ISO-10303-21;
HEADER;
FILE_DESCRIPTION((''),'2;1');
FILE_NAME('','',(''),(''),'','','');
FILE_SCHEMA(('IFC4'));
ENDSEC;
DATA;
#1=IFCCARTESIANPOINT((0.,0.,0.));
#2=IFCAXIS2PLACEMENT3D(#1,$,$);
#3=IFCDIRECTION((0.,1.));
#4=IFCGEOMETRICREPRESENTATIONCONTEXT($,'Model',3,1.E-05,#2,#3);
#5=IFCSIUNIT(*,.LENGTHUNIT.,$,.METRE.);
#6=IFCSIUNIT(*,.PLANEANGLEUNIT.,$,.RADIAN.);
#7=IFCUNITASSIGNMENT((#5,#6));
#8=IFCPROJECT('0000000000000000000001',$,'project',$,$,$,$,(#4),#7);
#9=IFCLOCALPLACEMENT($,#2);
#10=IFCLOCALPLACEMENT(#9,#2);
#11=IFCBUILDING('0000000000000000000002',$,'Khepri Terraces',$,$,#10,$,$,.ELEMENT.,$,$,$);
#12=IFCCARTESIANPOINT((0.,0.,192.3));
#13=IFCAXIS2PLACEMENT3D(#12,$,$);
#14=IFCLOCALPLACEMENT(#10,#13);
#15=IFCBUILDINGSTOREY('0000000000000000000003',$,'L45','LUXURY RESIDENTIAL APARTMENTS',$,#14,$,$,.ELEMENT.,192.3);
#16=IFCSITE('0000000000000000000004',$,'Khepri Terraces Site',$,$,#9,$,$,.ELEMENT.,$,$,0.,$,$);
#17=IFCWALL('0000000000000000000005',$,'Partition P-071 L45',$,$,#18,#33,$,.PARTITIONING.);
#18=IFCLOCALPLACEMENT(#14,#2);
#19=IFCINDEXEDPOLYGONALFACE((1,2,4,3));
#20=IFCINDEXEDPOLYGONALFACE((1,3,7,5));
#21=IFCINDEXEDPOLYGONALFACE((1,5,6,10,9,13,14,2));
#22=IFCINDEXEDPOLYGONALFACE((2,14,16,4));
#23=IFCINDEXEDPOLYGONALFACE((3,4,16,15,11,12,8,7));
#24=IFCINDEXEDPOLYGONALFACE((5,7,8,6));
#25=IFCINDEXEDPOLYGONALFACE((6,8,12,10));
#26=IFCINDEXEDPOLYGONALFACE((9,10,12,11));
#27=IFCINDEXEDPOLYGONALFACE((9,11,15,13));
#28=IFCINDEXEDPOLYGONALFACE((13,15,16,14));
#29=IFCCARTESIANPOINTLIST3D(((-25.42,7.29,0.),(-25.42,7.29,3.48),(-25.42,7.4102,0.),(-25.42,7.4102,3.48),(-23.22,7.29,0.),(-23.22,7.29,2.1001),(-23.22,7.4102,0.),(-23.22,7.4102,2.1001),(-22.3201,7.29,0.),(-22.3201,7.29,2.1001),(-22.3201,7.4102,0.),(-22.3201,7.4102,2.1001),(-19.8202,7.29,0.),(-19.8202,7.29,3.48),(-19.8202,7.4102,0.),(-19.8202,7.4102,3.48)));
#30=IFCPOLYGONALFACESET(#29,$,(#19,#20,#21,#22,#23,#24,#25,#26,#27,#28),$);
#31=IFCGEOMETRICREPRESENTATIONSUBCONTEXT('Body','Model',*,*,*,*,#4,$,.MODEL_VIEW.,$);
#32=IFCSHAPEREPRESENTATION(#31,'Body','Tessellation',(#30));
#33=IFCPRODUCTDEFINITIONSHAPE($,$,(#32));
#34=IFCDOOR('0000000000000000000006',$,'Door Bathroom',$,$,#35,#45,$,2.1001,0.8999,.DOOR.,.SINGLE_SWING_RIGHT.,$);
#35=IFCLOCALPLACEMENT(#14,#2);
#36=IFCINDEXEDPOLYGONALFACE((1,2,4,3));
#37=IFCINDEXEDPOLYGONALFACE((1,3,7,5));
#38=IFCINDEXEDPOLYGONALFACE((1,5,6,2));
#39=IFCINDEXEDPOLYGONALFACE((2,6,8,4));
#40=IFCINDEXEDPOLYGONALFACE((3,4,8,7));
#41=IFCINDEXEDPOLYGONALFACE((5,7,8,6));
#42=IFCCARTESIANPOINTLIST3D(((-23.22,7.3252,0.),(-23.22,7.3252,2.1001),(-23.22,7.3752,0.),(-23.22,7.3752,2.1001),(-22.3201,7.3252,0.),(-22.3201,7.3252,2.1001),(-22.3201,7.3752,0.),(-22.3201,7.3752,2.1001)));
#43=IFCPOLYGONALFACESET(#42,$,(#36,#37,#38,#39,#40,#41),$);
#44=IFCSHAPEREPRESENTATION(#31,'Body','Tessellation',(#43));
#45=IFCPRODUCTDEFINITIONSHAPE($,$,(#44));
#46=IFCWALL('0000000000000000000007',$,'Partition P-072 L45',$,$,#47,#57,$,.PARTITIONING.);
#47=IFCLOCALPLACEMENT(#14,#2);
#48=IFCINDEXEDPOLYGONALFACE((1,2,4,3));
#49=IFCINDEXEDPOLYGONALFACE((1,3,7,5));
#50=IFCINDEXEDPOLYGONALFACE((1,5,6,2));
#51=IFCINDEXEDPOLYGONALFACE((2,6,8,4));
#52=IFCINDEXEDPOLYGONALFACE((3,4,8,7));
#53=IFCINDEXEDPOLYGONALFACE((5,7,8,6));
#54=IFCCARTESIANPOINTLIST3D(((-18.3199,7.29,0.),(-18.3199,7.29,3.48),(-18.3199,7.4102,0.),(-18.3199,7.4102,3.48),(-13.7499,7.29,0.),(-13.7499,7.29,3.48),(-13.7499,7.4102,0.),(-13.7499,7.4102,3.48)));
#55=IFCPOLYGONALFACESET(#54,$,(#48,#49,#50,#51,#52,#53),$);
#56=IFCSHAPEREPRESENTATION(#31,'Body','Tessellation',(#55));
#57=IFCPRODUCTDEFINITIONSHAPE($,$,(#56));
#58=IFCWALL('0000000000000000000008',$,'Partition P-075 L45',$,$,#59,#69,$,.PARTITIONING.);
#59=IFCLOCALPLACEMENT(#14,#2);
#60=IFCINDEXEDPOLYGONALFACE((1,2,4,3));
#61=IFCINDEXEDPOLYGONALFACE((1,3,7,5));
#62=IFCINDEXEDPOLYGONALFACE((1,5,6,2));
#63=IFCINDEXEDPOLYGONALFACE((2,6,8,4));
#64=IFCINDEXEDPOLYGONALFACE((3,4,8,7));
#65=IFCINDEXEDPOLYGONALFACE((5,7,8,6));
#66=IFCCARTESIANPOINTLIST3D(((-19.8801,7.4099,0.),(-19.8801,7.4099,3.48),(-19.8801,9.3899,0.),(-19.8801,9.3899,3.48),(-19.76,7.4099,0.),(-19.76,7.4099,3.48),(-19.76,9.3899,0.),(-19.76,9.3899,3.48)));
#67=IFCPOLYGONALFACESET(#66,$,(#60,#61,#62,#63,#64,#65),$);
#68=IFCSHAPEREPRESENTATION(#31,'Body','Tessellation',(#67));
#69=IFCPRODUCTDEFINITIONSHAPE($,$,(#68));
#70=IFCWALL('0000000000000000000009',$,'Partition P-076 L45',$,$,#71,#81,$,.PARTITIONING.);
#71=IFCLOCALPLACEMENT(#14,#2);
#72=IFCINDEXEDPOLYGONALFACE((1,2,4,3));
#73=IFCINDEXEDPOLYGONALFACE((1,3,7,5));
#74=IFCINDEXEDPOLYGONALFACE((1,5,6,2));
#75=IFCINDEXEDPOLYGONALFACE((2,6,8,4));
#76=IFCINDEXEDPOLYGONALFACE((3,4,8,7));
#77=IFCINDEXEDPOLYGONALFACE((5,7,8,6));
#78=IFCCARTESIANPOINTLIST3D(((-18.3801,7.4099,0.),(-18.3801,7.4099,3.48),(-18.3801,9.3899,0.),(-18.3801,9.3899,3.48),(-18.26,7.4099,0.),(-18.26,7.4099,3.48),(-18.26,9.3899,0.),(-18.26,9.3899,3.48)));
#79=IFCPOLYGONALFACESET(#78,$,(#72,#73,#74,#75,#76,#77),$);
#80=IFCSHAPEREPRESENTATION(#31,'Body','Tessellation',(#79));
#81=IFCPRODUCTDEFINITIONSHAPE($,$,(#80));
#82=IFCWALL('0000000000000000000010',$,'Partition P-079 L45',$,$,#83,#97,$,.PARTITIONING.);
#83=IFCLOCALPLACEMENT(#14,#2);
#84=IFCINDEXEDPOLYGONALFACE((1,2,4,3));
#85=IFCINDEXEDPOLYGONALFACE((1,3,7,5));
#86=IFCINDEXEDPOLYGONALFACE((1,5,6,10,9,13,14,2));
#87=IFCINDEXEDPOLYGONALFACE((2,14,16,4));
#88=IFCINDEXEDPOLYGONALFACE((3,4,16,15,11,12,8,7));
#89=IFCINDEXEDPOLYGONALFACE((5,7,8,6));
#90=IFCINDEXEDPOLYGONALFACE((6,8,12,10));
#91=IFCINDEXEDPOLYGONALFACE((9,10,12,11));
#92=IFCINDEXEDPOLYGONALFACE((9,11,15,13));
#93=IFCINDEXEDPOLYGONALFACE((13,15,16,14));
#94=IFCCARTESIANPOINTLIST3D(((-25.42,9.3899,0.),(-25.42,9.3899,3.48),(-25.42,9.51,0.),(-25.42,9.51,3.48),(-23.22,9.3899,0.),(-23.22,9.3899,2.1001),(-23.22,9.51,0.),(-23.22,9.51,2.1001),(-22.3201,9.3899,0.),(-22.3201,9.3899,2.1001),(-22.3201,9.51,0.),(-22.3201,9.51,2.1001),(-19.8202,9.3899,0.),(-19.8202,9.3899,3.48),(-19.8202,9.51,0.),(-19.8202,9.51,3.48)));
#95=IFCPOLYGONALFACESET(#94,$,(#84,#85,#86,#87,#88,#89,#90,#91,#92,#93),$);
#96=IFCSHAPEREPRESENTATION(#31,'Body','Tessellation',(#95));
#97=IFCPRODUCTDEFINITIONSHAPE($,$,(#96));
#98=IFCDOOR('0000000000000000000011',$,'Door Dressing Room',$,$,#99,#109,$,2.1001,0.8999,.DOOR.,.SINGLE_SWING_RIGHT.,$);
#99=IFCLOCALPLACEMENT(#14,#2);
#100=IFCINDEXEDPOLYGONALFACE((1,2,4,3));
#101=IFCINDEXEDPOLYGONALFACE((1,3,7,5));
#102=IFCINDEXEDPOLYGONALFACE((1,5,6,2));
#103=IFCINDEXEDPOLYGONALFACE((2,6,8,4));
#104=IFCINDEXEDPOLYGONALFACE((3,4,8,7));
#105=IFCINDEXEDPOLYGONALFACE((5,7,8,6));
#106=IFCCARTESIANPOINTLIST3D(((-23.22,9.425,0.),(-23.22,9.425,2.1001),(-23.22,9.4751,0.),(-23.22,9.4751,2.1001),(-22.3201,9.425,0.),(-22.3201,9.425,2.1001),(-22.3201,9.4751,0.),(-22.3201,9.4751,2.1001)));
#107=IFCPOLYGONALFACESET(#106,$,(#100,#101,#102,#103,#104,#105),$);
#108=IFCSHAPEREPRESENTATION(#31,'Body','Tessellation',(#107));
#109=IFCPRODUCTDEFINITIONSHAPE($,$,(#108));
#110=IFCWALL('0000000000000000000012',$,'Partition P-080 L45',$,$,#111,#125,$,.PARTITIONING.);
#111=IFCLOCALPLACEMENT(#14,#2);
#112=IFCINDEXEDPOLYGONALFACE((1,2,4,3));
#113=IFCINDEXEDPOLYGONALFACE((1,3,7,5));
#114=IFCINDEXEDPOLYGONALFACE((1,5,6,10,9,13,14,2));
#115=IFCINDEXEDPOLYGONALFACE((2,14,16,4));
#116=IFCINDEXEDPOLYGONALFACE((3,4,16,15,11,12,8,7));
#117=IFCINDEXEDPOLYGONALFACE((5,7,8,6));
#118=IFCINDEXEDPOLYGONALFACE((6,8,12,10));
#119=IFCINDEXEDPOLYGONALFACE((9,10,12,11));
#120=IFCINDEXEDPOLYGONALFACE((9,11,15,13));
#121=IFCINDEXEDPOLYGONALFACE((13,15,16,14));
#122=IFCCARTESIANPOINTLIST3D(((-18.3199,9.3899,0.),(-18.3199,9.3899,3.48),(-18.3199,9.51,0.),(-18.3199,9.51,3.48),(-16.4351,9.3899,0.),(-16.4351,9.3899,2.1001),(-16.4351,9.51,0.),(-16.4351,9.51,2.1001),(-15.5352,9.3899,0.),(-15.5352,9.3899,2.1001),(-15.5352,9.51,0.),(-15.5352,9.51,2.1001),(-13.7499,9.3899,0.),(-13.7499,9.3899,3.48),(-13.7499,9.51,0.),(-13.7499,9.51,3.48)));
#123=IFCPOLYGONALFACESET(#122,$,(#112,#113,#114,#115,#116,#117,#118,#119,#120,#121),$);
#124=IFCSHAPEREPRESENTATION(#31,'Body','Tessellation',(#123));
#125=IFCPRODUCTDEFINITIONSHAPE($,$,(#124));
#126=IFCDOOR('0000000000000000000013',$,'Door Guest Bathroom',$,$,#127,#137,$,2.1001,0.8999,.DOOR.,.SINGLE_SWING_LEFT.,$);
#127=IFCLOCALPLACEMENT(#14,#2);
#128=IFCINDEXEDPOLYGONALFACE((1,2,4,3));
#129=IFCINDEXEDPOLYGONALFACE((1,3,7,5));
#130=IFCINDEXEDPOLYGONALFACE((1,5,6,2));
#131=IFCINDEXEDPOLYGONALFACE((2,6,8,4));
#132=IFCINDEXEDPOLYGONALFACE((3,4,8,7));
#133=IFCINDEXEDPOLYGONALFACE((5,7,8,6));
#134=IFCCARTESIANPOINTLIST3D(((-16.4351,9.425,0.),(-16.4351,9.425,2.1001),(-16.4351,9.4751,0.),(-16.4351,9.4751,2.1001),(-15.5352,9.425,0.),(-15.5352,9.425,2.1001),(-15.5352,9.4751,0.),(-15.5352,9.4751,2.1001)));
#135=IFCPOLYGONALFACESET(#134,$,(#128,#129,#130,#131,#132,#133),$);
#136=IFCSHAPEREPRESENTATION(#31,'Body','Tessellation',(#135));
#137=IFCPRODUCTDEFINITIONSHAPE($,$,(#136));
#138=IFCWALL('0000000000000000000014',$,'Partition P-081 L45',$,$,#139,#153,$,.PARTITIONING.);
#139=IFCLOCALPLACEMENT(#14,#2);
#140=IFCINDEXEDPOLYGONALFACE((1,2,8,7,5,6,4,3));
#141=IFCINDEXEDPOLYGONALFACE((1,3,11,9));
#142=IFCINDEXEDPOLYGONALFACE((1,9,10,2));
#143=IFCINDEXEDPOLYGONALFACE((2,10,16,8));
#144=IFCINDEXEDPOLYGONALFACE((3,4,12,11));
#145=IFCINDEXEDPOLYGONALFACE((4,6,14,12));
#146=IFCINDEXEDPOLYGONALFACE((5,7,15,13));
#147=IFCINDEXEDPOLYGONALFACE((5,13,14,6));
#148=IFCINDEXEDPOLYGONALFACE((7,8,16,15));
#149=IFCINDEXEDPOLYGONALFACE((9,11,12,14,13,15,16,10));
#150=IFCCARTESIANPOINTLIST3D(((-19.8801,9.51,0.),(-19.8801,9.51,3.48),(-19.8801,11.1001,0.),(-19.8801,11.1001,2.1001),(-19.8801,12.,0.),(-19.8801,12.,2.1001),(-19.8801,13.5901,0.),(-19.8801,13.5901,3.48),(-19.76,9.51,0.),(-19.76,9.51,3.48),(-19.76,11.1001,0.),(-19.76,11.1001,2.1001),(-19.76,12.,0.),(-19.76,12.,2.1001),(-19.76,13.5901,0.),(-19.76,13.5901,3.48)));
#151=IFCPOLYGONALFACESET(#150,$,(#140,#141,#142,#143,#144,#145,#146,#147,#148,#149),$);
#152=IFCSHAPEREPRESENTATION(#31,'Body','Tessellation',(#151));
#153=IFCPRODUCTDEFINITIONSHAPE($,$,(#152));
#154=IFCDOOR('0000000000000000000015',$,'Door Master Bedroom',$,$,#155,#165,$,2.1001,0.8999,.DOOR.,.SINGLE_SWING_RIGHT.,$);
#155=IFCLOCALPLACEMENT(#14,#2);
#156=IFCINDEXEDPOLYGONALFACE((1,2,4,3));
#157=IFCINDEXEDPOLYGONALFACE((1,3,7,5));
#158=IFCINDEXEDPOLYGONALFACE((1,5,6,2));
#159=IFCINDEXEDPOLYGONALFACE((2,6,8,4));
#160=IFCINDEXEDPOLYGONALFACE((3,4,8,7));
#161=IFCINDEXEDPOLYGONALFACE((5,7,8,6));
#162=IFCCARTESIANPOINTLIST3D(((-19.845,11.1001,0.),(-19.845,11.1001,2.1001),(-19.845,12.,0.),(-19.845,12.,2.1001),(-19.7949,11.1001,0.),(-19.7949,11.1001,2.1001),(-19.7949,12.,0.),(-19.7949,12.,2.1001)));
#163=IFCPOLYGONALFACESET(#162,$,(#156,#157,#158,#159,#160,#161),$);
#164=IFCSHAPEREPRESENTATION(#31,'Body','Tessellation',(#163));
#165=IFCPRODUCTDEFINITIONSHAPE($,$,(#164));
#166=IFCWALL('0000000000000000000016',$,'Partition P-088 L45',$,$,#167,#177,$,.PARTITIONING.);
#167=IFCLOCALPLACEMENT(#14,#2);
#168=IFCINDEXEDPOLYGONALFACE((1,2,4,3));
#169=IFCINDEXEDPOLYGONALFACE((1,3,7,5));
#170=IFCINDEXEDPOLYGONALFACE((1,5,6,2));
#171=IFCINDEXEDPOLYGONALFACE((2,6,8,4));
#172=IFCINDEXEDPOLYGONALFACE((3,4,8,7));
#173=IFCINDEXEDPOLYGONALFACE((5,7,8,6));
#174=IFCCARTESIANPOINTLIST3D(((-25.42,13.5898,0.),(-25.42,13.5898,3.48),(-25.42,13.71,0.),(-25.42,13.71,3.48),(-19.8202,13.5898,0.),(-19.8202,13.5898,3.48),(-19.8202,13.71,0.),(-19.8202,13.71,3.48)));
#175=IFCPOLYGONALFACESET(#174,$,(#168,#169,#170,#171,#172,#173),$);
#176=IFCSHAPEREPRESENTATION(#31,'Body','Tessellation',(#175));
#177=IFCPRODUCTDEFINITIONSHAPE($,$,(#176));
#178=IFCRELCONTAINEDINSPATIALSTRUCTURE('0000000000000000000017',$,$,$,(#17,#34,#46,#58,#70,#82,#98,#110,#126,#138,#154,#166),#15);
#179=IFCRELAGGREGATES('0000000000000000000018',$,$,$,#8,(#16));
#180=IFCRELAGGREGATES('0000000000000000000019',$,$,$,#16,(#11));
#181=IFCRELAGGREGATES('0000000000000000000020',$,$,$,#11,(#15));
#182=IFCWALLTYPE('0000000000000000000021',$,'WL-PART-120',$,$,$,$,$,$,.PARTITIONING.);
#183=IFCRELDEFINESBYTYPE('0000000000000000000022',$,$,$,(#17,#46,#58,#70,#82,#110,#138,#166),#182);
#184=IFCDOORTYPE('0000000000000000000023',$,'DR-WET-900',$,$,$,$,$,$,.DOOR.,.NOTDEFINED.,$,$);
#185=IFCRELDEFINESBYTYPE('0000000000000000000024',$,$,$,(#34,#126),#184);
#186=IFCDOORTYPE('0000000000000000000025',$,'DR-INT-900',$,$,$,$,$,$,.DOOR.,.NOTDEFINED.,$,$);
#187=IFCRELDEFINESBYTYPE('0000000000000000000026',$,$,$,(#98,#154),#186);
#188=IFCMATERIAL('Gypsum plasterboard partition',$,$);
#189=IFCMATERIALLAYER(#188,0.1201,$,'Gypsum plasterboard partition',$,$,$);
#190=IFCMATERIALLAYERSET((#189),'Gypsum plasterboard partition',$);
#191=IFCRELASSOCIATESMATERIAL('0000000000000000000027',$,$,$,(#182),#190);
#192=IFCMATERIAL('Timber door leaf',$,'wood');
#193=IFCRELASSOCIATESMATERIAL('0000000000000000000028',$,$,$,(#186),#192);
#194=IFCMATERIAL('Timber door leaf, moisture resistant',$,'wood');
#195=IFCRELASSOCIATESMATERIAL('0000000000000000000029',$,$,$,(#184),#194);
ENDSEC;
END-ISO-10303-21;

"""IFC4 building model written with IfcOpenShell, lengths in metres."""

from ifc_helpers import new_model, si_unit, direction, frame, frame_2d, origin, place, context, subcontext, project, spatial, rectangle, extrude, material, layer, layer_set, type_object, element, fill, save


model = new_model("IFC4")

# Units and contexts
model_context = context("Model", 3, precision=1e-05, world=origin(), true_north=direction((0.0, 1.0)))
body_context = subcontext(model_context, "Body", "Model", "MODEL_VIEW")
ifc_project = project(units=[si_unit("LENGTHUNIT", "METRE"), si_unit("PLANEANGLEUNIT", "RADIAN")], contexts=[model_context])

# Site, building, storey
site_placement = place(None, origin())
site = spatial("IfcSite", under=ifc_project, at=site_placement, Name="Khepri Terraces Site", CompositionType="ELEMENT", RefElevation=0.0)
building_placement = place(site_placement, origin())
building = spatial("IfcBuilding", under=site, at=building_placement, Name="Khepri Terraces", CompositionType="ELEMENT")
storey_placement = place(building_placement, frame((0.0, 0.0, 192.3)))
storey = spatial("IfcBuildingStorey", under=building, at=storey_placement, Name="L45", Description="LUXURY RESIDENTIAL APARTMENTS", CompositionType="ELEMENT", Elevation=192.3)

# Shared definitions
ifc_material_1 = material(Name="Gypsum plasterboard partition")
ifc_layer_1 = layer(ifc_material_1, 0.1201, Name="Gypsum plasterboard partition")
ifc_layer_set_1 = layer_set([ifc_layer_1], Name="Gypsum plasterboard partition")
wall_type_1 = type_object("IfcWallType", Name="WL-PART-120", PredefinedType="PARTITIONING", material=ifc_layer_set_1)

# Wall, opening, door
ifc_material_2 = material(Name="Timber door leaf", Category="wood")
door_type_1 = type_object("IfcDoorType", Name="DR-INT-900", OperationType="NOTDEFINED", PredefinedType="DOOR", material=ifc_material_2)
wall_1_placement = place(storey_placement, frame((-25.4199, 7.3501, 0.0), z_axis=(0.0, 0.0, 1.0), x_axis=(1.0, 0.0, 0.0)))
wall_1 = element("IfcWall", 1, at=wall_1_placement, inside=storey, type_object=wall_type_1, Name="Partition P-071 L45", PredefinedType="PARTITIONING", context=body_context, shape_type="SweptSolid", body=[
    extrude(rectangle(XDim=5.5999, YDim=0.1201, at=frame_2d((2.7998, 0.0))), origin(), (0.0, 0.0, 1.0), 3.48),
])
opening_1_placement = place(wall_1_placement, frame((2.2, 0.0, 0.0)))
opening_1 = element("IfcOpeningElement", 2, at=opening_1_placement, cuts=wall_1, PredefinedType="OPENING", context=body_context, shape_type="SweptSolid", body=[
    extrude(rectangle(XDim=0.8999, YDim=2.1001, at=frame_2d((0.45, 1.05))), frame((0.0, 0.0701, 0.0), z_axis=(0.0, -1.0, 0.0), x_axis=(1.0, 0.0, 0.0)), (0.0, 0.0, 1.0), 0.1401),
])
ifc_material_3 = material(Name="Timber door leaf, moisture resistant", Category="wood")
door_type_2 = type_object("IfcDoorType", Name="DR-WET-900", OperationType="NOTDEFINED", PredefinedType="DOOR", material=ifc_material_3)
door_1_placement = place(opening_1_placement, frame((0.8999, 0.0, 0.0), z_axis=(0.0, 0.0, 1.0), x_axis=(-1.0, 0.0, 0.0)))
door_1 = element("IfcDoor", 3, at=door_1_placement, inside=storey, type_object=door_type_2, Name="Door Bathroom", OperationType="SINGLE_SWING_RIGHT", OverallHeight=2.1001, OverallWidth=0.8999, PredefinedType="DOOR", context=body_context, shape_type="SweptSolid", body=[
    extrude(rectangle(XDim=0.8999, YDim=2.1001, at=frame_2d((0.45, 1.05))), frame((0.0, 0.0249, 0.0), z_axis=(0.0, -1.0, 0.0), x_axis=(1.0, 0.0, 0.0)), (0.0, 0.0, 1.0), 0.05),
])
fill(opening_1, door_1)

# Walls
wall_2_placement = place(storey_placement, frame((-18.3201, 7.3501, 0.0), z_axis=(0.0, 0.0, 1.0), x_axis=(1.0, 0.0, 0.0)))
element("IfcWall", 4, at=wall_2_placement, inside=storey, type_object=wall_type_1, Name="Partition P-072 L45", PredefinedType="PARTITIONING", context=body_context, shape_type="SweptSolid", body=[
    extrude(rectangle(XDim=4.5701, YDim=0.1201, at=frame_2d((2.2852, 0.0))), origin(), (0.0, 0.0, 1.0), 3.48),
])
for number, where, z_axis, x_axis, name in (
    (5, (-19.8201, 7.4099, 0.0), (0.0, 0.0, 1.0), (0.0, 1.0, 0.0), "Partition P-075 L45"),
    (6, (-18.3201, 7.4099, 0.0), (0.0, 0.0, 1.0), (0.0, 1.0, 0.0), "Partition P-076 L45"),
):
    element("IfcWall", number, at=place(storey_placement, frame(where, z_axis=z_axis, x_axis=x_axis)), inside=storey, type_object=wall_type_1, Name=name, PredefinedType="PARTITIONING", context=body_context, shape_type="SweptSolid", body=[
        extrude(rectangle(XDim=1.98, YDim=0.1201, at=frame_2d((0.99, 0.0))), origin(), (0.0, 0.0, 1.0), 3.48),
    ])

# Walls, openings, doors
wall_3_placement = place(storey_placement, frame((-25.4199, 9.45, 0.0), z_axis=(0.0, 0.0, 1.0), x_axis=(1.0, 0.0, 0.0)))
wall_3 = element("IfcWall", 7, at=wall_3_placement, inside=storey, type_object=wall_type_1, Name="Partition P-079 L45", PredefinedType="PARTITIONING", context=body_context, shape_type="SweptSolid", body=[
    extrude(rectangle(XDim=5.5999, YDim=0.1201, at=frame_2d((2.7998, 0.0))), origin(), (0.0, 0.0, 1.0), 3.48),
])
opening_2_placement = place(wall_3_placement, frame((2.2, 0.0, 0.0)))
opening_2 = element("IfcOpeningElement", 8, at=opening_2_placement, cuts=wall_3, PredefinedType="OPENING", context=body_context, shape_type="SweptSolid", body=[
    extrude(rectangle(XDim=0.8999, YDim=2.1001, at=frame_2d((0.45, 1.05))), frame((0.0, 0.0701, 0.0), z_axis=(0.0, -1.0, 0.0), x_axis=(1.0, 0.0, 0.0)), (0.0, 0.0, 1.0), 0.1401),
])
door_2_placement = place(opening_2_placement, frame((0.8999, 0.0, 0.0), z_axis=(0.0, 0.0, 1.0), x_axis=(-1.0, 0.0, 0.0)))
door_2 = element("IfcDoor", 9, at=door_2_placement, inside=storey, type_object=door_type_1, Name="Door Dressing Room", OperationType="SINGLE_SWING_RIGHT", OverallHeight=2.1001, OverallWidth=0.8999, PredefinedType="DOOR", context=body_context, shape_type="SweptSolid", body=[
    extrude(rectangle(XDim=0.8999, YDim=2.1001, at=frame_2d((0.45, 1.05))), frame((0.0, 0.0249, 0.0), z_axis=(0.0, -1.0, 0.0), x_axis=(1.0, 0.0, 0.0)), (0.0, 0.0, 1.0), 0.05),
])
fill(opening_2, door_2)
wall_4_placement = place(storey_placement, frame((-18.3201, 9.45, 0.0), z_axis=(0.0, 0.0, 1.0), x_axis=(1.0, 0.0, 0.0)))
wall_4 = element("IfcWall", 10, at=wall_4_placement, inside=storey, type_object=wall_type_1, Name="Partition P-080 L45", PredefinedType="PARTITIONING", context=body_context, shape_type="SweptSolid", body=[
    extrude(rectangle(XDim=4.5701, YDim=0.1201, at=frame_2d((2.2852, 0.0))), origin(), (0.0, 0.0, 1.0), 3.48),
])
opening_3_placement = place(wall_4_placement, frame((1.885, 0.0, 0.0)))
opening_3 = element("IfcOpeningElement", 11, at=opening_3_placement, cuts=wall_4, PredefinedType="OPENING", context=body_context, shape_type="SweptSolid", body=[
    extrude(rectangle(XDim=0.8999, YDim=2.1001, at=frame_2d((0.45, 1.05))), frame((0.0, 0.0701, 0.0), z_axis=(0.0, -1.0, 0.0), x_axis=(1.0, 0.0, 0.0)), (0.0, 0.0, 1.0), 0.1401),
])
door_3_placement = place(opening_3_placement, frame((0.8999, 0.0, 0.0), z_axis=(0.0, 0.0, 1.0), x_axis=(-1.0, 0.0, 0.0)))
door_3 = element("IfcDoor", 12, at=door_3_placement, inside=storey, type_object=door_type_2, Name="Door Guest Bathroom", OperationType="SINGLE_SWING_LEFT", OverallHeight=2.1001, OverallWidth=0.8999, PredefinedType="DOOR", context=body_context, shape_type="SweptSolid", body=[
    extrude(rectangle(XDim=0.8999, YDim=2.1001, at=frame_2d((0.45, 1.05))), frame((0.0, 0.0249, 0.0), z_axis=(0.0, -1.0, 0.0), x_axis=(1.0, 0.0, 0.0)), (0.0, 0.0, 1.0), 0.05),
])
fill(opening_3, door_3)
wall_5_placement = place(storey_placement, frame((-19.8201, 9.51, 0.0), z_axis=(0.0, 0.0, 1.0), x_axis=(0.0, 1.0, 0.0)))
wall_5 = element("IfcWall", 13, at=wall_5_placement, inside=storey, type_object=wall_type_1, Name="Partition P-081 L45", PredefinedType="PARTITIONING", context=body_context, shape_type="SweptSolid", body=[
    extrude(rectangle(XDim=4.0801, YDim=0.1201, at=frame_2d((2.04, 0.0))), origin(), (0.0, 0.0, 1.0), 3.48),
])
opening_4_placement = place(wall_5_placement, frame((1.5901, 0.0, 0.0)))
opening_4 = element("IfcOpeningElement", 14, at=opening_4_placement, cuts=wall_5, PredefinedType="OPENING", context=body_context, shape_type="SweptSolid", body=[
    extrude(rectangle(XDim=0.8999, YDim=2.1001, at=frame_2d((0.45, 1.05))), frame((0.0, 0.0701, 0.0), z_axis=(0.0, -1.0, 0.0), x_axis=(1.0, 0.0, 0.0)), (0.0, 0.0, 1.0), 0.1401),
])
door_4_placement = place(opening_4_placement, origin())
door_4 = element("IfcDoor", 15, at=door_4_placement, inside=storey, type_object=door_type_1, Name="Door Master Bedroom", OperationType="SINGLE_SWING_RIGHT", OverallHeight=2.1001, OverallWidth=0.8999, PredefinedType="DOOR", context=body_context, shape_type="SweptSolid", body=[
    extrude(rectangle(XDim=0.8999, YDim=2.1001, at=frame_2d((0.45, 1.05))), frame((0.0, 0.0249, 0.0), z_axis=(0.0, -1.0, 0.0), x_axis=(1.0, 0.0, 0.0)), (0.0, 0.0, 1.0), 0.05),
])
fill(opening_4, door_4)

# Wall
wall_6_placement = place(storey_placement, frame((-25.4199, 13.6499, 0.0), z_axis=(0.0, 0.0, 1.0), x_axis=(1.0, 0.0, 0.0)))
element("IfcWall", 16, at=wall_6_placement, inside=storey, type_object=wall_type_1, Name="Partition P-088 L45", PredefinedType="PARTITIONING", context=body_context, shape_type="SweptSolid", body=[
    extrude(rectangle(XDim=5.5999, YDim=0.1201, at=frame_2d((2.7998, 0.0))), origin(), (0.0, 0.0, 1.0), 3.48),
])

save(model, "model.ifc")
